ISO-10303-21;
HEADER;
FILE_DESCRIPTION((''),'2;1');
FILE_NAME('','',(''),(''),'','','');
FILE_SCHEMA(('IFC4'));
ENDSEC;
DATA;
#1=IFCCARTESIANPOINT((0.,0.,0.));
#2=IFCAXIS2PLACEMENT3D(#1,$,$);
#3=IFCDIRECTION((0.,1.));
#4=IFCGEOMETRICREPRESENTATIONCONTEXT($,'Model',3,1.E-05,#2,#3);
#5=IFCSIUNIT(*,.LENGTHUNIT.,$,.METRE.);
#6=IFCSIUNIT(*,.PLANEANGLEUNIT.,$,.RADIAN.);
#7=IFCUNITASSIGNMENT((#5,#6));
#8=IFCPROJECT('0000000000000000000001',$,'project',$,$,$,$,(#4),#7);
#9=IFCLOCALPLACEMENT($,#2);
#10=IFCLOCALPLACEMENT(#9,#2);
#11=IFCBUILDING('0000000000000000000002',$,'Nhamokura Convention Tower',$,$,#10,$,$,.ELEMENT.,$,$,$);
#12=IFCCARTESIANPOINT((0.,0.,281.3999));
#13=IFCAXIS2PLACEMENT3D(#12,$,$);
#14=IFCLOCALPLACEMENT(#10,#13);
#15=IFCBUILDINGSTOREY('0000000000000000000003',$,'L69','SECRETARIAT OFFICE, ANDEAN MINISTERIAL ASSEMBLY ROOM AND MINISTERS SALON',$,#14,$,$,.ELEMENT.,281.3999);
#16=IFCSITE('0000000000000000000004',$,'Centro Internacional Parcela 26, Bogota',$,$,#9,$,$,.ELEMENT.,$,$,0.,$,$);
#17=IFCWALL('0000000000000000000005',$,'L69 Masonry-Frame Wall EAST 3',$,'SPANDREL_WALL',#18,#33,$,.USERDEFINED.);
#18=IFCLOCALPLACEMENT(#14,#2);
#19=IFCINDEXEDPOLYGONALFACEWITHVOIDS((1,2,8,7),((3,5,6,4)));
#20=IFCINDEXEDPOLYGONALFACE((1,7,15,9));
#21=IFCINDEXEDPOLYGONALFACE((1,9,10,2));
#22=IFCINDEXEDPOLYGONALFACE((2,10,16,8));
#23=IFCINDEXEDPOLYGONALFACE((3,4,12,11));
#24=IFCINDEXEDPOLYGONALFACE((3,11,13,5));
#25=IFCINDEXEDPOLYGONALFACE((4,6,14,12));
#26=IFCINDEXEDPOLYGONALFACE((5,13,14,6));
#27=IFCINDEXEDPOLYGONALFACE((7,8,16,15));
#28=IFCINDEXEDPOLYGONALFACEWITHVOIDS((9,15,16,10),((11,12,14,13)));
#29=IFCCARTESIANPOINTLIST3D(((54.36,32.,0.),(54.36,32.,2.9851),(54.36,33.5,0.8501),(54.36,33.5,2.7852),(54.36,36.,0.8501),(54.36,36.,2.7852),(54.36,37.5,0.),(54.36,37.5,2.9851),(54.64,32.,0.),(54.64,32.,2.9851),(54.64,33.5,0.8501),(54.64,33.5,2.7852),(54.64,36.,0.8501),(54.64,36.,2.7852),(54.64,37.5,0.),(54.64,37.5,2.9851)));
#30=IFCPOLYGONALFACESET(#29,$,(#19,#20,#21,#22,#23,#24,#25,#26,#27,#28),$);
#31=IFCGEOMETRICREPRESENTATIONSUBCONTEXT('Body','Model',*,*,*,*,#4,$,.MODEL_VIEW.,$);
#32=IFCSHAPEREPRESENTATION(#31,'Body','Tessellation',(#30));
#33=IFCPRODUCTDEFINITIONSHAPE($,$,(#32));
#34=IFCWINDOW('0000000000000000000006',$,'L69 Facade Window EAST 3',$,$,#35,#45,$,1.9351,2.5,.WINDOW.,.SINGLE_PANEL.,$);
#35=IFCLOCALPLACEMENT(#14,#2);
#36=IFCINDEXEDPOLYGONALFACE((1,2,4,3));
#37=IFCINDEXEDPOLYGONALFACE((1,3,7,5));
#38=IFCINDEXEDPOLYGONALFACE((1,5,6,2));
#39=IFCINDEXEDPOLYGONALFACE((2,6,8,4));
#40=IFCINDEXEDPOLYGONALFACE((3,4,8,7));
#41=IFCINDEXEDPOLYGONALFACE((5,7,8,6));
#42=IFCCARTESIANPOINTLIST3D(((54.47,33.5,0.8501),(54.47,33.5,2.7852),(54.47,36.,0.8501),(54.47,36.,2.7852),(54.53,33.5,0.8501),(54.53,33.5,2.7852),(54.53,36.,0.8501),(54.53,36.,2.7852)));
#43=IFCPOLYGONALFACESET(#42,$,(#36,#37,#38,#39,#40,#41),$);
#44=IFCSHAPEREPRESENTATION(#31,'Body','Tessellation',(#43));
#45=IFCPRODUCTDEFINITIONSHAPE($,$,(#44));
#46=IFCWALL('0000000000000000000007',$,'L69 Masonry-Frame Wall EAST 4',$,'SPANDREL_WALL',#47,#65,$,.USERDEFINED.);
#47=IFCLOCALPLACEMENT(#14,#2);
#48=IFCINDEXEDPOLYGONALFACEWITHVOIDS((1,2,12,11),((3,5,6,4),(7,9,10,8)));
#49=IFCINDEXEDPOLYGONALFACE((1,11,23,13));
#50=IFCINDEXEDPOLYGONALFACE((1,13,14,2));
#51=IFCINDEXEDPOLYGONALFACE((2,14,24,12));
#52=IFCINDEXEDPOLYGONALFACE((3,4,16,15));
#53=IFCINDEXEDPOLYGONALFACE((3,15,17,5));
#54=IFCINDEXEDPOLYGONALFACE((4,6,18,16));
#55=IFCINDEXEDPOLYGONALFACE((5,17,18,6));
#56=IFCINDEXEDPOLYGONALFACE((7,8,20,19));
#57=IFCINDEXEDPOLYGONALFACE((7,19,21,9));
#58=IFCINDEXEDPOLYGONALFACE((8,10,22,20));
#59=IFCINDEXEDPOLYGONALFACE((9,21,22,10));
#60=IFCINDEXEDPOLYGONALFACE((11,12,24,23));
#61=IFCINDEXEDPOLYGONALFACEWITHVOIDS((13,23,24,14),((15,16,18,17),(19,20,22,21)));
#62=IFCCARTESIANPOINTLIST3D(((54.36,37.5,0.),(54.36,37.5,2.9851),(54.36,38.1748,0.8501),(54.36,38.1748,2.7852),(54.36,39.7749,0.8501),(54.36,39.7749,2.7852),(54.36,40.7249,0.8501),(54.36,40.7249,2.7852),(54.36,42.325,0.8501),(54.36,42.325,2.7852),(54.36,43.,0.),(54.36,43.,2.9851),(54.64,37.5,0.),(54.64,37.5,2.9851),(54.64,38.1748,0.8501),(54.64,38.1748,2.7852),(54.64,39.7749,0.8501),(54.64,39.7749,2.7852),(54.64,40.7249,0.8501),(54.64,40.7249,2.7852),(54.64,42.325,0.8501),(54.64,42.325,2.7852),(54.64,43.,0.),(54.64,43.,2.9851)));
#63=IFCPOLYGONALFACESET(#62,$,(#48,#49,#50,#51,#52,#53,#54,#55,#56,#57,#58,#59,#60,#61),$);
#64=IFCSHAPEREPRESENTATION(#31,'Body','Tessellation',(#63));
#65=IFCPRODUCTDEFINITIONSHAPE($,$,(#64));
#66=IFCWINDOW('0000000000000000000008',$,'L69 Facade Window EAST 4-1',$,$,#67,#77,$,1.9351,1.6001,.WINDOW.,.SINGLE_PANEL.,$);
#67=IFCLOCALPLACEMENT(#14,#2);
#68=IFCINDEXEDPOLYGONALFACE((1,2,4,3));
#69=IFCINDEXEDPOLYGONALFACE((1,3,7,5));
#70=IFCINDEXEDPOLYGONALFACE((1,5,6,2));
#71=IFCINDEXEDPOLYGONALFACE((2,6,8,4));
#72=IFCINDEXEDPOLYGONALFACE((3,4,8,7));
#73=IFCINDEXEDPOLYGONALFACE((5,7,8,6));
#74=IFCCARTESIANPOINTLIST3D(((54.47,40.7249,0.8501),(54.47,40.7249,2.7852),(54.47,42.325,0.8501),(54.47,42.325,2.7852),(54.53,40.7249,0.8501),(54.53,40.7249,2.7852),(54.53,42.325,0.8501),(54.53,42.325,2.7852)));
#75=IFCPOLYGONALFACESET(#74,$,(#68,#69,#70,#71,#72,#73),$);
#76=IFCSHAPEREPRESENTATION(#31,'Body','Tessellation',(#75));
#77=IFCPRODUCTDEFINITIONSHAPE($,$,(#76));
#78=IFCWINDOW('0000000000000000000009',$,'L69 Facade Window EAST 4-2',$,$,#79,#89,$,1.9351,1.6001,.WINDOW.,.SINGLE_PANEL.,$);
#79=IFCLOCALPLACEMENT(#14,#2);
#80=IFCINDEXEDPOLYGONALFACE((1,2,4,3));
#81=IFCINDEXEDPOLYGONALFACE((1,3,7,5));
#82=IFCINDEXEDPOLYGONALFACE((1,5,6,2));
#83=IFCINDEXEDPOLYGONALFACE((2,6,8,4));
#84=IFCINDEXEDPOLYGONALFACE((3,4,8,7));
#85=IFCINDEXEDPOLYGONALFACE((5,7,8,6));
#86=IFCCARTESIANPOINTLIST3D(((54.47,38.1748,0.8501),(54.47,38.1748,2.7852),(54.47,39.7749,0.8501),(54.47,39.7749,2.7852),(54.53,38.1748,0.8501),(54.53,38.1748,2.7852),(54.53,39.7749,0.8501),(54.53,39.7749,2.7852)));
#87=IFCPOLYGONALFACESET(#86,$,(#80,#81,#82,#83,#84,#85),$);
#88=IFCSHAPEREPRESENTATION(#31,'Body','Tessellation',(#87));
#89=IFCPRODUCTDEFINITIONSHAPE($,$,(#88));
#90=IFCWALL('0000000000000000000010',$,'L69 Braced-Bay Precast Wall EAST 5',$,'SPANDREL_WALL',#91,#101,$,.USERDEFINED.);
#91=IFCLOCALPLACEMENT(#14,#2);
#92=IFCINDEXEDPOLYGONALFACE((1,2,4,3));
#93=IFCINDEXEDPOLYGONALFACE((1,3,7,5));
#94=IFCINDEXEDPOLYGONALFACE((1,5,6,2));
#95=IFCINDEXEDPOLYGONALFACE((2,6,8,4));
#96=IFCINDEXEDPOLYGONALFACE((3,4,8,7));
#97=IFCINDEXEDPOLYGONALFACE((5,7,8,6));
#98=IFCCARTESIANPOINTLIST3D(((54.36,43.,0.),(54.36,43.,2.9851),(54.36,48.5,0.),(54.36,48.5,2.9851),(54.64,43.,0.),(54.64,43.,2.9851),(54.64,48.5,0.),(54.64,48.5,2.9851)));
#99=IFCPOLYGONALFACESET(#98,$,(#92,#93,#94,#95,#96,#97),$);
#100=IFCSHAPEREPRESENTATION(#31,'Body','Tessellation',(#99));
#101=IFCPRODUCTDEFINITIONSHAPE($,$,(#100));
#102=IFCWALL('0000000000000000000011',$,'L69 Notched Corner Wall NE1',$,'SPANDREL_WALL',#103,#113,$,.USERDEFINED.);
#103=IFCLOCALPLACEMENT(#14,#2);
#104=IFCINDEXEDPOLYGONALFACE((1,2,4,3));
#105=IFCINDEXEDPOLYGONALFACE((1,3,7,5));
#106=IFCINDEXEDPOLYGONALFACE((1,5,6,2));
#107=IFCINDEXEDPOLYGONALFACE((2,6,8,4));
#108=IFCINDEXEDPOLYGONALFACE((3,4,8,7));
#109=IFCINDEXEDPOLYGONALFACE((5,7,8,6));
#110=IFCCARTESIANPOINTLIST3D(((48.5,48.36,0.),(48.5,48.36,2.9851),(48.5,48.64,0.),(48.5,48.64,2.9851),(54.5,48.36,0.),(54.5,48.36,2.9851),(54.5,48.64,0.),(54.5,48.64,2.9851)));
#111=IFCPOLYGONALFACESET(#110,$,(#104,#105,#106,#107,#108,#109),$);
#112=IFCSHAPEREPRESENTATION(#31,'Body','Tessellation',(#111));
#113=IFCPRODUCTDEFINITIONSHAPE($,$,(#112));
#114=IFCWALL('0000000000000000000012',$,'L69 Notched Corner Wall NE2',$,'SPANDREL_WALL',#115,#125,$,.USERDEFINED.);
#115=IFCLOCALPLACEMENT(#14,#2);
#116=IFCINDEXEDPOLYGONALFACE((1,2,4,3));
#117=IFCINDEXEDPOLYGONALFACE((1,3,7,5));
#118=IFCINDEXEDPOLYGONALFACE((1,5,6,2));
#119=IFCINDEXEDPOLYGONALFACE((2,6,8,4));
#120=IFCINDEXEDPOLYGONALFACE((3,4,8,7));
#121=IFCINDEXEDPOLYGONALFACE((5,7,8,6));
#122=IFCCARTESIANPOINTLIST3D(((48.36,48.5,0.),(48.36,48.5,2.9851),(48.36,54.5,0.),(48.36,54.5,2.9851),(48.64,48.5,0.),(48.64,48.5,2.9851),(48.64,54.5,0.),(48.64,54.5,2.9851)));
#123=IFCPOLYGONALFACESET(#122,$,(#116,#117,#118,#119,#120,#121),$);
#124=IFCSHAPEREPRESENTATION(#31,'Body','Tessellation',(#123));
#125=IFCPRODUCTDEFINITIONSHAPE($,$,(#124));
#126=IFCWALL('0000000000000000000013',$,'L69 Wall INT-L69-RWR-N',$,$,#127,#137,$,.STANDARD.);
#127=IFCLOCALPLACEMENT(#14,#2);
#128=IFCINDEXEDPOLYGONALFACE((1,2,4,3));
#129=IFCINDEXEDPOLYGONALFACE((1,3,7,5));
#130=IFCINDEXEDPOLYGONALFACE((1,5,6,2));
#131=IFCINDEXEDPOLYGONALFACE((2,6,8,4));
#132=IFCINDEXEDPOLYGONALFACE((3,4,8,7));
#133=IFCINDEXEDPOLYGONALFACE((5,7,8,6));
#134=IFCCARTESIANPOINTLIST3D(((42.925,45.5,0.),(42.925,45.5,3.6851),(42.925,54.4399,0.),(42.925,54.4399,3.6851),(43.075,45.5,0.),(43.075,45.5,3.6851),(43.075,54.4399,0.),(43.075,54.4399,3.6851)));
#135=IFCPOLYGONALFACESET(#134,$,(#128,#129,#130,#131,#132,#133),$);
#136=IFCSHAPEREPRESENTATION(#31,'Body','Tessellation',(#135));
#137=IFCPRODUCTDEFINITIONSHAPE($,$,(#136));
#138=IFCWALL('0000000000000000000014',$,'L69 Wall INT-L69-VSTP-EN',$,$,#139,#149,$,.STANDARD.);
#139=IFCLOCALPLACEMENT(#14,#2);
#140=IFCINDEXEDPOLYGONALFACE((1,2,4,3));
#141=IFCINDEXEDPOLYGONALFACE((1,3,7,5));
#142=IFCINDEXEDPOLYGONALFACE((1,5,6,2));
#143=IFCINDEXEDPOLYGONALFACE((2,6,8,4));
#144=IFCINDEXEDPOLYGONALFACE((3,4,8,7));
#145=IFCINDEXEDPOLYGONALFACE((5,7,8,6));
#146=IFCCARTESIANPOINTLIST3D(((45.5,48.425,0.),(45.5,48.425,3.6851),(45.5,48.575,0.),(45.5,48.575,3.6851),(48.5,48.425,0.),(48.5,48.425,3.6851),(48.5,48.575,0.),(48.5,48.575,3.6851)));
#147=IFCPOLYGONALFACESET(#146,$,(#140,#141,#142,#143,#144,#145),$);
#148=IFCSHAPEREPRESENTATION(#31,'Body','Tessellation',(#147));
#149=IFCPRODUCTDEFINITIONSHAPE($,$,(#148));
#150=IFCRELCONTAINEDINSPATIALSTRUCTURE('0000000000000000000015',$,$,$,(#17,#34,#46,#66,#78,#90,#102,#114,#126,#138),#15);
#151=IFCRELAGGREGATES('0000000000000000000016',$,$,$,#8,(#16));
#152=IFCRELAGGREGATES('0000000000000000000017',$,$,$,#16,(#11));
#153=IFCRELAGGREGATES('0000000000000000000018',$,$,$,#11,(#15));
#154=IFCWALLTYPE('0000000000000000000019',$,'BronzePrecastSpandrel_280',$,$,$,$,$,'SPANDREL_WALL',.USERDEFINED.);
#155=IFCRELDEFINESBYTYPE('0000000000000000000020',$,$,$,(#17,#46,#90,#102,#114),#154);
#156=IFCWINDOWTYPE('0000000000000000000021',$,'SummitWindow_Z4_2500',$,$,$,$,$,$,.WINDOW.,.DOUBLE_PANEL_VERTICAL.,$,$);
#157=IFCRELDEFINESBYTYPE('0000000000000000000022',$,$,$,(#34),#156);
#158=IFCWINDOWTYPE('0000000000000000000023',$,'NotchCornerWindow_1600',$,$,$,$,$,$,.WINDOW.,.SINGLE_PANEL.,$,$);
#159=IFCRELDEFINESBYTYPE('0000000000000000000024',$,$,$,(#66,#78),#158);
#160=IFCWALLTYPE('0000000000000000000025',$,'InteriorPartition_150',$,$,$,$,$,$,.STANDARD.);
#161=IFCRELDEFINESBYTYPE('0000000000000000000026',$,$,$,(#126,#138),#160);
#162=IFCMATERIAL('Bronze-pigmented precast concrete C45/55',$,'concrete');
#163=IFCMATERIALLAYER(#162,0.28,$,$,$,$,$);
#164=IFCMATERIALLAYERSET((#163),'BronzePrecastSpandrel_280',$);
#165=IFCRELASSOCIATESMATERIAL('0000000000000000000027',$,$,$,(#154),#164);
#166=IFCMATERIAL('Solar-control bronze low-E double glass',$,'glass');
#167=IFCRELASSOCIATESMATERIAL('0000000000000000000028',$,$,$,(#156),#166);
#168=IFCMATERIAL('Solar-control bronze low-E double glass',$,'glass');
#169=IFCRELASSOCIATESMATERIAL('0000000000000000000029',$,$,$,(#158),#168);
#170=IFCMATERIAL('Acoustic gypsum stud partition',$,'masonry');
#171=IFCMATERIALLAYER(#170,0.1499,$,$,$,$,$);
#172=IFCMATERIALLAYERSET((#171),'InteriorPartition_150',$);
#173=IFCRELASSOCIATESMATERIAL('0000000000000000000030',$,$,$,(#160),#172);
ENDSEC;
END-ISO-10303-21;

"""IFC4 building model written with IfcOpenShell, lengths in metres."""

from ifc_helpers import new_model, si_unit, direction, frame, frame_2d, origin, place, context, subcontext, project, spatial, rectangle, extrude, material, layer, layer_set, type_object, element, fill, save


model = new_model("IFC4")

# Units and contexts
model_context = context("Model", 3, precision=1e-05, world=origin(), true_north=direction((0.0, 1.0)))
body_context = subcontext(model_context, "Body", "Model", "MODEL_VIEW")
ifc_project = project(units=[si_unit("LENGTHUNIT", "METRE"), si_unit("PLANEANGLEUNIT", "RADIAN")], contexts=[model_context])

# Site, building, storey
site_placement = place(None, origin())
site = spatial("IfcSite", under=ifc_project, at=site_placement, Name="Centro Internacional Parcela 26, Bogota", CompositionType="ELEMENT", RefElevation=0.0)
building_placement = place(site_placement, origin())
building = spatial("IfcBuilding", under=site, at=building_placement, Name="Nhamokura Convention Tower", CompositionType="ELEMENT")
storey_placement = place(building_placement, frame((0.0, 0.0, 281.3999)))
storey = spatial("IfcBuildingStorey", under=building, at=storey_placement, Name="L69", Description="SECRETARIAT OFFICE, ANDEAN MINISTERIAL ASSEMBLY ROOM AND MINISTERS SALON", CompositionType="ELEMENT", Elevation=281.3999)

# Shared definitions
ifc_material_1 = material(Name="Bronze-pigmented precast concrete C45/55", Category="concrete")
ifc_layer_1 = layer(ifc_material_1, 0.28)
ifc_layer_set_1 = layer_set([ifc_layer_1], Name="BronzePrecastSpandrel_280")
wall_type_1 = type_object("IfcWallType", Name="BronzePrecastSpandrel_280", ElementType="SPANDREL_WALL", PredefinedType="USERDEFINED", material=ifc_layer_set_1)

# Wall, opening, window
wall_1_placement = place(storey_placement, frame((54.5, 37.5, 0.0), z_axis=(0.0, 0.0, 1.0), x_axis=(0.0, -1.0, 0.0)))
wall_1 = element("IfcWall", 1, at=wall_1_placement, inside=storey, type_object=wall_type_1, Name="L69 Masonry-Frame Wall EAST 3", ObjectType="SPANDREL_WALL", PredefinedType="USERDEFINED", context=body_context, shape_type="SweptSolid", body=[
    extrude(rectangle(XDim=5.5, YDim=0.28, at=frame_2d((2.75, 0.0))), origin(), (0.0, 0.0, 1.0), 2.9851),
])
opening_1_placement = place(wall_1_placement, frame((1.5, 0.0, 0.8501)))
opening_1 = element("IfcOpeningElement", 2, at=opening_1_placement, cuts=wall_1, PredefinedType="OPENING", context=body_context, shape_type="SweptSolid", body=[
    extrude(rectangle(XDim=2.5, YDim=1.9351, at=frame_2d((1.25, 0.9675))), frame((0.0, 0.1499, 0.0), z_axis=(0.0, -1.0, 0.0), x_axis=(1.0, 0.0, 0.0)), (0.0, 0.0, 1.0), 0.3),
])
ifc_material_2 = material(Name="Solar-control bronze low-E double glass", Category="glass")
window_type_1 = type_object("IfcWindowType", Name="SummitWindow_Z4_2500", PartitioningType="DOUBLE_PANEL_VERTICAL", PredefinedType="WINDOW", material=ifc_material_2)
window_1_placement = place(opening_1_placement, origin())
window_1 = element("IfcWindow", 3, at=window_1_placement, inside=storey, type_object=window_type_1, Name="L69 Facade Window EAST 3", OverallHeight=1.9351, OverallWidth=2.5, PartitioningType="SINGLE_PANEL", PredefinedType="WINDOW", context=body_context, shape_type="SweptSolid", body=[
    extrude(rectangle(XDim=2.5, YDim=1.9351, at=frame_2d((1.25, 0.9675))), frame((0.0, 0.03, 0.0), z_axis=(0.0, -1.0, 0.0), x_axis=(1.0, 0.0, 0.0)), (0.0, 0.0, 1.0), 0.0601),
])
fill(opening_1, window_1)

# Wall, openings, windows
wall_2_placement = place(storey_placement, frame((54.5, 43.0, 0.0), z_axis=(0.0, 0.0, 1.0), x_axis=(0.0, -1.0, 0.0)))
wall_2 = element("IfcWall", 4, at=wall_2_placement, inside=storey, type_object=wall_type_1, Name="L69 Masonry-Frame Wall EAST 4", ObjectType="SPANDREL_WALL", PredefinedType="USERDEFINED", context=body_context, shape_type="SweptSolid", body=[
    extrude(rectangle(XDim=5.5, YDim=0.28, at=frame_2d((2.75, 0.0))), origin(), (0.0, 0.0, 1.0), 2.9851),
])
opening_2_placement = place(wall_2_placement, frame((0.675, 0.0, 0.8501)))
opening_2 = element("IfcOpeningElement", 5, at=opening_2_placement, cuts=wall_2, PredefinedType="OPENING", context=body_context, shape_type="SweptSolid", body=[
    extrude(rectangle(XDim=1.6001, YDim=1.9351, at=frame_2d((0.8, 0.9675))), frame((0.0, 0.1499, 0.0), z_axis=(0.0, -1.0, 0.0), x_axis=(1.0, 0.0, 0.0)), (0.0, 0.0, 1.0), 0.3),
])
opening_3_placement = place(wall_2_placement, frame((3.2251, 0.0, 0.8501)))
opening_3 = element("IfcOpeningElement", 6, at=opening_3_placement, cuts=wall_2, PredefinedType="OPENING", context=body_context, shape_type="SweptSolid", body=[
    extrude(rectangle(XDim=1.6001, YDim=1.9351, at=frame_2d((0.8, 0.9675))), frame((0.0, 0.1499, 0.0), z_axis=(0.0, -1.0, 0.0), x_axis=(1.0, 0.0, 0.0)), (0.0, 0.0, 1.0), 0.3),
])
ifc_material_3 = material(Name="Solar-control bronze low-E double glass", Category="glass")
window_type_2 = type_object("IfcWindowType", Name="NotchCornerWindow_1600", PartitioningType="SINGLE_PANEL", PredefinedType="WINDOW", material=ifc_material_3)
window_2_placement = place(opening_2_placement, origin())
window_2 = element("IfcWindow", 7, at=window_2_placement, inside=storey, type_object=window_type_2, Name="L69 Facade Window EAST 4-1", OverallHeight=1.9351, OverallWidth=1.6001, PartitioningType="SINGLE_PANEL", PredefinedType="WINDOW", context=body_context, shape_type="SweptSolid", body=[
    extrude(rectangle(XDim=1.6001, YDim=1.9351, at=frame_2d((0.8, 0.9675))), frame((0.0, 0.03, 0.0), z_axis=(0.0, -1.0, 0.0), x_axis=(1.0, 0.0, 0.0)), (0.0, 0.0, 1.0), 0.0601),
])
fill(opening_2, window_2)
window_3_placement = place(opening_3_placement, origin())
window_3 = element("IfcWindow", 8, at=window_3_placement, inside=storey, type_object=window_type_2, Name="L69 Facade Window EAST 4-2", OverallHeight=1.9351, OverallWidth=1.6001, PartitioningType="SINGLE_PANEL", PredefinedType="WINDOW", context=body_context, shape_type="SweptSolid", body=[
    extrude(rectangle(XDim=1.6001, YDim=1.9351, at=frame_2d((0.8, 0.9675))), frame((0.0, 0.03, 0.0), z_axis=(0.0, -1.0, 0.0), x_axis=(1.0, 0.0, 0.0)), (0.0, 0.0, 1.0), 0.0601),
])
fill(opening_3, window_3)

# Walls
wall_3_placement = place(storey_placement, frame((54.5, 48.5, 0.0), z_axis=(0.0, 0.0, 1.0), x_axis=(0.0, -1.0, 0.0)))
element("IfcWall", 9, at=wall_3_placement, inside=storey, type_object=wall_type_1, Name="L69 Braced-Bay Precast Wall EAST 5", ObjectType="SPANDREL_WALL", PredefinedType="USERDEFINED", context=body_context, shape_type="SweptSolid", body=[
    extrude(rectangle(XDim=5.5, YDim=0.28, at=frame_2d((2.75, 0.0))), origin(), (0.0, 0.0, 1.0), 2.9851),
])
for number, where, z_axis, x_axis, name in (
    (10, (48.5, 48.5, 0.0), (0.0, 0.0, 1.0), (1.0, 0.0, 0.0), "L69 Notched Corner Wall NE1"),
    (11, (48.5, 54.5, 0.0), (0.0, 0.0, 1.0), (0.0, -1.0, 0.0), "L69 Notched Corner Wall NE2"),
):
    element("IfcWall", number, at=place(storey_placement, frame(where, z_axis=z_axis, x_axis=x_axis)), inside=storey, type_object=wall_type_1, Name=name, ObjectType="SPANDREL_WALL", PredefinedType="USERDEFINED", context=body_context, shape_type="SweptSolid", body=[
        extrude(rectangle(XDim=6.0, YDim=0.28, at=frame_2d((3.0, 0.0))), origin(), (0.0, 0.0, 1.0), 2.9851),
    ])
ifc_material_4 = material(Name="Acoustic gypsum stud partition", Category="masonry")
ifc_layer_2 = layer(ifc_material_4, 0.1499)
ifc_layer_set_2 = layer_set([ifc_layer_2], Name="InteriorPartition_150")
wall_type_2 = type_object("IfcWallType", Name="InteriorPartition_150", PredefinedType="STANDARD", material=ifc_layer_set_2)
wall_4_placement = place(storey_placement, frame((43.0, 45.5, 0.0), z_axis=(0.0, 0.0, 1.0), x_axis=(0.0, 1.0, 0.0)))
element("IfcWall", 12, at=wall_4_placement, inside=storey, type_object=wall_type_2, Name="L69 Wall INT-L69-RWR-N", PredefinedType="STANDARD", context=body_context, shape_type="SweptSolid", body=[
    extrude(rectangle(XDim=8.9399, YDim=0.1499, at=frame_2d((4.47, 0.0))), origin(), (0.0, 0.0, 1.0), 3.6851),
])
wall_5_placement = place(storey_placement, frame((45.5, 48.5, 0.0), z_axis=(0.0, 0.0, 1.0), x_axis=(1.0, 0.0, 0.0)))
element("IfcWall", 13, at=wall_5_placement, inside=storey, type_object=wall_type_2, Name="L69 Wall INT-L69-VSTP-EN", PredefinedType="STANDARD", context=body_context, shape_type="SweptSolid", body=[
    extrude(rectangle(XDim=3.0, YDim=0.1499, at=frame_2d((1.5, 0.0))), origin(), (0.0, 0.0, 1.0), 3.6851),
])

save(model, "model.ifc")
